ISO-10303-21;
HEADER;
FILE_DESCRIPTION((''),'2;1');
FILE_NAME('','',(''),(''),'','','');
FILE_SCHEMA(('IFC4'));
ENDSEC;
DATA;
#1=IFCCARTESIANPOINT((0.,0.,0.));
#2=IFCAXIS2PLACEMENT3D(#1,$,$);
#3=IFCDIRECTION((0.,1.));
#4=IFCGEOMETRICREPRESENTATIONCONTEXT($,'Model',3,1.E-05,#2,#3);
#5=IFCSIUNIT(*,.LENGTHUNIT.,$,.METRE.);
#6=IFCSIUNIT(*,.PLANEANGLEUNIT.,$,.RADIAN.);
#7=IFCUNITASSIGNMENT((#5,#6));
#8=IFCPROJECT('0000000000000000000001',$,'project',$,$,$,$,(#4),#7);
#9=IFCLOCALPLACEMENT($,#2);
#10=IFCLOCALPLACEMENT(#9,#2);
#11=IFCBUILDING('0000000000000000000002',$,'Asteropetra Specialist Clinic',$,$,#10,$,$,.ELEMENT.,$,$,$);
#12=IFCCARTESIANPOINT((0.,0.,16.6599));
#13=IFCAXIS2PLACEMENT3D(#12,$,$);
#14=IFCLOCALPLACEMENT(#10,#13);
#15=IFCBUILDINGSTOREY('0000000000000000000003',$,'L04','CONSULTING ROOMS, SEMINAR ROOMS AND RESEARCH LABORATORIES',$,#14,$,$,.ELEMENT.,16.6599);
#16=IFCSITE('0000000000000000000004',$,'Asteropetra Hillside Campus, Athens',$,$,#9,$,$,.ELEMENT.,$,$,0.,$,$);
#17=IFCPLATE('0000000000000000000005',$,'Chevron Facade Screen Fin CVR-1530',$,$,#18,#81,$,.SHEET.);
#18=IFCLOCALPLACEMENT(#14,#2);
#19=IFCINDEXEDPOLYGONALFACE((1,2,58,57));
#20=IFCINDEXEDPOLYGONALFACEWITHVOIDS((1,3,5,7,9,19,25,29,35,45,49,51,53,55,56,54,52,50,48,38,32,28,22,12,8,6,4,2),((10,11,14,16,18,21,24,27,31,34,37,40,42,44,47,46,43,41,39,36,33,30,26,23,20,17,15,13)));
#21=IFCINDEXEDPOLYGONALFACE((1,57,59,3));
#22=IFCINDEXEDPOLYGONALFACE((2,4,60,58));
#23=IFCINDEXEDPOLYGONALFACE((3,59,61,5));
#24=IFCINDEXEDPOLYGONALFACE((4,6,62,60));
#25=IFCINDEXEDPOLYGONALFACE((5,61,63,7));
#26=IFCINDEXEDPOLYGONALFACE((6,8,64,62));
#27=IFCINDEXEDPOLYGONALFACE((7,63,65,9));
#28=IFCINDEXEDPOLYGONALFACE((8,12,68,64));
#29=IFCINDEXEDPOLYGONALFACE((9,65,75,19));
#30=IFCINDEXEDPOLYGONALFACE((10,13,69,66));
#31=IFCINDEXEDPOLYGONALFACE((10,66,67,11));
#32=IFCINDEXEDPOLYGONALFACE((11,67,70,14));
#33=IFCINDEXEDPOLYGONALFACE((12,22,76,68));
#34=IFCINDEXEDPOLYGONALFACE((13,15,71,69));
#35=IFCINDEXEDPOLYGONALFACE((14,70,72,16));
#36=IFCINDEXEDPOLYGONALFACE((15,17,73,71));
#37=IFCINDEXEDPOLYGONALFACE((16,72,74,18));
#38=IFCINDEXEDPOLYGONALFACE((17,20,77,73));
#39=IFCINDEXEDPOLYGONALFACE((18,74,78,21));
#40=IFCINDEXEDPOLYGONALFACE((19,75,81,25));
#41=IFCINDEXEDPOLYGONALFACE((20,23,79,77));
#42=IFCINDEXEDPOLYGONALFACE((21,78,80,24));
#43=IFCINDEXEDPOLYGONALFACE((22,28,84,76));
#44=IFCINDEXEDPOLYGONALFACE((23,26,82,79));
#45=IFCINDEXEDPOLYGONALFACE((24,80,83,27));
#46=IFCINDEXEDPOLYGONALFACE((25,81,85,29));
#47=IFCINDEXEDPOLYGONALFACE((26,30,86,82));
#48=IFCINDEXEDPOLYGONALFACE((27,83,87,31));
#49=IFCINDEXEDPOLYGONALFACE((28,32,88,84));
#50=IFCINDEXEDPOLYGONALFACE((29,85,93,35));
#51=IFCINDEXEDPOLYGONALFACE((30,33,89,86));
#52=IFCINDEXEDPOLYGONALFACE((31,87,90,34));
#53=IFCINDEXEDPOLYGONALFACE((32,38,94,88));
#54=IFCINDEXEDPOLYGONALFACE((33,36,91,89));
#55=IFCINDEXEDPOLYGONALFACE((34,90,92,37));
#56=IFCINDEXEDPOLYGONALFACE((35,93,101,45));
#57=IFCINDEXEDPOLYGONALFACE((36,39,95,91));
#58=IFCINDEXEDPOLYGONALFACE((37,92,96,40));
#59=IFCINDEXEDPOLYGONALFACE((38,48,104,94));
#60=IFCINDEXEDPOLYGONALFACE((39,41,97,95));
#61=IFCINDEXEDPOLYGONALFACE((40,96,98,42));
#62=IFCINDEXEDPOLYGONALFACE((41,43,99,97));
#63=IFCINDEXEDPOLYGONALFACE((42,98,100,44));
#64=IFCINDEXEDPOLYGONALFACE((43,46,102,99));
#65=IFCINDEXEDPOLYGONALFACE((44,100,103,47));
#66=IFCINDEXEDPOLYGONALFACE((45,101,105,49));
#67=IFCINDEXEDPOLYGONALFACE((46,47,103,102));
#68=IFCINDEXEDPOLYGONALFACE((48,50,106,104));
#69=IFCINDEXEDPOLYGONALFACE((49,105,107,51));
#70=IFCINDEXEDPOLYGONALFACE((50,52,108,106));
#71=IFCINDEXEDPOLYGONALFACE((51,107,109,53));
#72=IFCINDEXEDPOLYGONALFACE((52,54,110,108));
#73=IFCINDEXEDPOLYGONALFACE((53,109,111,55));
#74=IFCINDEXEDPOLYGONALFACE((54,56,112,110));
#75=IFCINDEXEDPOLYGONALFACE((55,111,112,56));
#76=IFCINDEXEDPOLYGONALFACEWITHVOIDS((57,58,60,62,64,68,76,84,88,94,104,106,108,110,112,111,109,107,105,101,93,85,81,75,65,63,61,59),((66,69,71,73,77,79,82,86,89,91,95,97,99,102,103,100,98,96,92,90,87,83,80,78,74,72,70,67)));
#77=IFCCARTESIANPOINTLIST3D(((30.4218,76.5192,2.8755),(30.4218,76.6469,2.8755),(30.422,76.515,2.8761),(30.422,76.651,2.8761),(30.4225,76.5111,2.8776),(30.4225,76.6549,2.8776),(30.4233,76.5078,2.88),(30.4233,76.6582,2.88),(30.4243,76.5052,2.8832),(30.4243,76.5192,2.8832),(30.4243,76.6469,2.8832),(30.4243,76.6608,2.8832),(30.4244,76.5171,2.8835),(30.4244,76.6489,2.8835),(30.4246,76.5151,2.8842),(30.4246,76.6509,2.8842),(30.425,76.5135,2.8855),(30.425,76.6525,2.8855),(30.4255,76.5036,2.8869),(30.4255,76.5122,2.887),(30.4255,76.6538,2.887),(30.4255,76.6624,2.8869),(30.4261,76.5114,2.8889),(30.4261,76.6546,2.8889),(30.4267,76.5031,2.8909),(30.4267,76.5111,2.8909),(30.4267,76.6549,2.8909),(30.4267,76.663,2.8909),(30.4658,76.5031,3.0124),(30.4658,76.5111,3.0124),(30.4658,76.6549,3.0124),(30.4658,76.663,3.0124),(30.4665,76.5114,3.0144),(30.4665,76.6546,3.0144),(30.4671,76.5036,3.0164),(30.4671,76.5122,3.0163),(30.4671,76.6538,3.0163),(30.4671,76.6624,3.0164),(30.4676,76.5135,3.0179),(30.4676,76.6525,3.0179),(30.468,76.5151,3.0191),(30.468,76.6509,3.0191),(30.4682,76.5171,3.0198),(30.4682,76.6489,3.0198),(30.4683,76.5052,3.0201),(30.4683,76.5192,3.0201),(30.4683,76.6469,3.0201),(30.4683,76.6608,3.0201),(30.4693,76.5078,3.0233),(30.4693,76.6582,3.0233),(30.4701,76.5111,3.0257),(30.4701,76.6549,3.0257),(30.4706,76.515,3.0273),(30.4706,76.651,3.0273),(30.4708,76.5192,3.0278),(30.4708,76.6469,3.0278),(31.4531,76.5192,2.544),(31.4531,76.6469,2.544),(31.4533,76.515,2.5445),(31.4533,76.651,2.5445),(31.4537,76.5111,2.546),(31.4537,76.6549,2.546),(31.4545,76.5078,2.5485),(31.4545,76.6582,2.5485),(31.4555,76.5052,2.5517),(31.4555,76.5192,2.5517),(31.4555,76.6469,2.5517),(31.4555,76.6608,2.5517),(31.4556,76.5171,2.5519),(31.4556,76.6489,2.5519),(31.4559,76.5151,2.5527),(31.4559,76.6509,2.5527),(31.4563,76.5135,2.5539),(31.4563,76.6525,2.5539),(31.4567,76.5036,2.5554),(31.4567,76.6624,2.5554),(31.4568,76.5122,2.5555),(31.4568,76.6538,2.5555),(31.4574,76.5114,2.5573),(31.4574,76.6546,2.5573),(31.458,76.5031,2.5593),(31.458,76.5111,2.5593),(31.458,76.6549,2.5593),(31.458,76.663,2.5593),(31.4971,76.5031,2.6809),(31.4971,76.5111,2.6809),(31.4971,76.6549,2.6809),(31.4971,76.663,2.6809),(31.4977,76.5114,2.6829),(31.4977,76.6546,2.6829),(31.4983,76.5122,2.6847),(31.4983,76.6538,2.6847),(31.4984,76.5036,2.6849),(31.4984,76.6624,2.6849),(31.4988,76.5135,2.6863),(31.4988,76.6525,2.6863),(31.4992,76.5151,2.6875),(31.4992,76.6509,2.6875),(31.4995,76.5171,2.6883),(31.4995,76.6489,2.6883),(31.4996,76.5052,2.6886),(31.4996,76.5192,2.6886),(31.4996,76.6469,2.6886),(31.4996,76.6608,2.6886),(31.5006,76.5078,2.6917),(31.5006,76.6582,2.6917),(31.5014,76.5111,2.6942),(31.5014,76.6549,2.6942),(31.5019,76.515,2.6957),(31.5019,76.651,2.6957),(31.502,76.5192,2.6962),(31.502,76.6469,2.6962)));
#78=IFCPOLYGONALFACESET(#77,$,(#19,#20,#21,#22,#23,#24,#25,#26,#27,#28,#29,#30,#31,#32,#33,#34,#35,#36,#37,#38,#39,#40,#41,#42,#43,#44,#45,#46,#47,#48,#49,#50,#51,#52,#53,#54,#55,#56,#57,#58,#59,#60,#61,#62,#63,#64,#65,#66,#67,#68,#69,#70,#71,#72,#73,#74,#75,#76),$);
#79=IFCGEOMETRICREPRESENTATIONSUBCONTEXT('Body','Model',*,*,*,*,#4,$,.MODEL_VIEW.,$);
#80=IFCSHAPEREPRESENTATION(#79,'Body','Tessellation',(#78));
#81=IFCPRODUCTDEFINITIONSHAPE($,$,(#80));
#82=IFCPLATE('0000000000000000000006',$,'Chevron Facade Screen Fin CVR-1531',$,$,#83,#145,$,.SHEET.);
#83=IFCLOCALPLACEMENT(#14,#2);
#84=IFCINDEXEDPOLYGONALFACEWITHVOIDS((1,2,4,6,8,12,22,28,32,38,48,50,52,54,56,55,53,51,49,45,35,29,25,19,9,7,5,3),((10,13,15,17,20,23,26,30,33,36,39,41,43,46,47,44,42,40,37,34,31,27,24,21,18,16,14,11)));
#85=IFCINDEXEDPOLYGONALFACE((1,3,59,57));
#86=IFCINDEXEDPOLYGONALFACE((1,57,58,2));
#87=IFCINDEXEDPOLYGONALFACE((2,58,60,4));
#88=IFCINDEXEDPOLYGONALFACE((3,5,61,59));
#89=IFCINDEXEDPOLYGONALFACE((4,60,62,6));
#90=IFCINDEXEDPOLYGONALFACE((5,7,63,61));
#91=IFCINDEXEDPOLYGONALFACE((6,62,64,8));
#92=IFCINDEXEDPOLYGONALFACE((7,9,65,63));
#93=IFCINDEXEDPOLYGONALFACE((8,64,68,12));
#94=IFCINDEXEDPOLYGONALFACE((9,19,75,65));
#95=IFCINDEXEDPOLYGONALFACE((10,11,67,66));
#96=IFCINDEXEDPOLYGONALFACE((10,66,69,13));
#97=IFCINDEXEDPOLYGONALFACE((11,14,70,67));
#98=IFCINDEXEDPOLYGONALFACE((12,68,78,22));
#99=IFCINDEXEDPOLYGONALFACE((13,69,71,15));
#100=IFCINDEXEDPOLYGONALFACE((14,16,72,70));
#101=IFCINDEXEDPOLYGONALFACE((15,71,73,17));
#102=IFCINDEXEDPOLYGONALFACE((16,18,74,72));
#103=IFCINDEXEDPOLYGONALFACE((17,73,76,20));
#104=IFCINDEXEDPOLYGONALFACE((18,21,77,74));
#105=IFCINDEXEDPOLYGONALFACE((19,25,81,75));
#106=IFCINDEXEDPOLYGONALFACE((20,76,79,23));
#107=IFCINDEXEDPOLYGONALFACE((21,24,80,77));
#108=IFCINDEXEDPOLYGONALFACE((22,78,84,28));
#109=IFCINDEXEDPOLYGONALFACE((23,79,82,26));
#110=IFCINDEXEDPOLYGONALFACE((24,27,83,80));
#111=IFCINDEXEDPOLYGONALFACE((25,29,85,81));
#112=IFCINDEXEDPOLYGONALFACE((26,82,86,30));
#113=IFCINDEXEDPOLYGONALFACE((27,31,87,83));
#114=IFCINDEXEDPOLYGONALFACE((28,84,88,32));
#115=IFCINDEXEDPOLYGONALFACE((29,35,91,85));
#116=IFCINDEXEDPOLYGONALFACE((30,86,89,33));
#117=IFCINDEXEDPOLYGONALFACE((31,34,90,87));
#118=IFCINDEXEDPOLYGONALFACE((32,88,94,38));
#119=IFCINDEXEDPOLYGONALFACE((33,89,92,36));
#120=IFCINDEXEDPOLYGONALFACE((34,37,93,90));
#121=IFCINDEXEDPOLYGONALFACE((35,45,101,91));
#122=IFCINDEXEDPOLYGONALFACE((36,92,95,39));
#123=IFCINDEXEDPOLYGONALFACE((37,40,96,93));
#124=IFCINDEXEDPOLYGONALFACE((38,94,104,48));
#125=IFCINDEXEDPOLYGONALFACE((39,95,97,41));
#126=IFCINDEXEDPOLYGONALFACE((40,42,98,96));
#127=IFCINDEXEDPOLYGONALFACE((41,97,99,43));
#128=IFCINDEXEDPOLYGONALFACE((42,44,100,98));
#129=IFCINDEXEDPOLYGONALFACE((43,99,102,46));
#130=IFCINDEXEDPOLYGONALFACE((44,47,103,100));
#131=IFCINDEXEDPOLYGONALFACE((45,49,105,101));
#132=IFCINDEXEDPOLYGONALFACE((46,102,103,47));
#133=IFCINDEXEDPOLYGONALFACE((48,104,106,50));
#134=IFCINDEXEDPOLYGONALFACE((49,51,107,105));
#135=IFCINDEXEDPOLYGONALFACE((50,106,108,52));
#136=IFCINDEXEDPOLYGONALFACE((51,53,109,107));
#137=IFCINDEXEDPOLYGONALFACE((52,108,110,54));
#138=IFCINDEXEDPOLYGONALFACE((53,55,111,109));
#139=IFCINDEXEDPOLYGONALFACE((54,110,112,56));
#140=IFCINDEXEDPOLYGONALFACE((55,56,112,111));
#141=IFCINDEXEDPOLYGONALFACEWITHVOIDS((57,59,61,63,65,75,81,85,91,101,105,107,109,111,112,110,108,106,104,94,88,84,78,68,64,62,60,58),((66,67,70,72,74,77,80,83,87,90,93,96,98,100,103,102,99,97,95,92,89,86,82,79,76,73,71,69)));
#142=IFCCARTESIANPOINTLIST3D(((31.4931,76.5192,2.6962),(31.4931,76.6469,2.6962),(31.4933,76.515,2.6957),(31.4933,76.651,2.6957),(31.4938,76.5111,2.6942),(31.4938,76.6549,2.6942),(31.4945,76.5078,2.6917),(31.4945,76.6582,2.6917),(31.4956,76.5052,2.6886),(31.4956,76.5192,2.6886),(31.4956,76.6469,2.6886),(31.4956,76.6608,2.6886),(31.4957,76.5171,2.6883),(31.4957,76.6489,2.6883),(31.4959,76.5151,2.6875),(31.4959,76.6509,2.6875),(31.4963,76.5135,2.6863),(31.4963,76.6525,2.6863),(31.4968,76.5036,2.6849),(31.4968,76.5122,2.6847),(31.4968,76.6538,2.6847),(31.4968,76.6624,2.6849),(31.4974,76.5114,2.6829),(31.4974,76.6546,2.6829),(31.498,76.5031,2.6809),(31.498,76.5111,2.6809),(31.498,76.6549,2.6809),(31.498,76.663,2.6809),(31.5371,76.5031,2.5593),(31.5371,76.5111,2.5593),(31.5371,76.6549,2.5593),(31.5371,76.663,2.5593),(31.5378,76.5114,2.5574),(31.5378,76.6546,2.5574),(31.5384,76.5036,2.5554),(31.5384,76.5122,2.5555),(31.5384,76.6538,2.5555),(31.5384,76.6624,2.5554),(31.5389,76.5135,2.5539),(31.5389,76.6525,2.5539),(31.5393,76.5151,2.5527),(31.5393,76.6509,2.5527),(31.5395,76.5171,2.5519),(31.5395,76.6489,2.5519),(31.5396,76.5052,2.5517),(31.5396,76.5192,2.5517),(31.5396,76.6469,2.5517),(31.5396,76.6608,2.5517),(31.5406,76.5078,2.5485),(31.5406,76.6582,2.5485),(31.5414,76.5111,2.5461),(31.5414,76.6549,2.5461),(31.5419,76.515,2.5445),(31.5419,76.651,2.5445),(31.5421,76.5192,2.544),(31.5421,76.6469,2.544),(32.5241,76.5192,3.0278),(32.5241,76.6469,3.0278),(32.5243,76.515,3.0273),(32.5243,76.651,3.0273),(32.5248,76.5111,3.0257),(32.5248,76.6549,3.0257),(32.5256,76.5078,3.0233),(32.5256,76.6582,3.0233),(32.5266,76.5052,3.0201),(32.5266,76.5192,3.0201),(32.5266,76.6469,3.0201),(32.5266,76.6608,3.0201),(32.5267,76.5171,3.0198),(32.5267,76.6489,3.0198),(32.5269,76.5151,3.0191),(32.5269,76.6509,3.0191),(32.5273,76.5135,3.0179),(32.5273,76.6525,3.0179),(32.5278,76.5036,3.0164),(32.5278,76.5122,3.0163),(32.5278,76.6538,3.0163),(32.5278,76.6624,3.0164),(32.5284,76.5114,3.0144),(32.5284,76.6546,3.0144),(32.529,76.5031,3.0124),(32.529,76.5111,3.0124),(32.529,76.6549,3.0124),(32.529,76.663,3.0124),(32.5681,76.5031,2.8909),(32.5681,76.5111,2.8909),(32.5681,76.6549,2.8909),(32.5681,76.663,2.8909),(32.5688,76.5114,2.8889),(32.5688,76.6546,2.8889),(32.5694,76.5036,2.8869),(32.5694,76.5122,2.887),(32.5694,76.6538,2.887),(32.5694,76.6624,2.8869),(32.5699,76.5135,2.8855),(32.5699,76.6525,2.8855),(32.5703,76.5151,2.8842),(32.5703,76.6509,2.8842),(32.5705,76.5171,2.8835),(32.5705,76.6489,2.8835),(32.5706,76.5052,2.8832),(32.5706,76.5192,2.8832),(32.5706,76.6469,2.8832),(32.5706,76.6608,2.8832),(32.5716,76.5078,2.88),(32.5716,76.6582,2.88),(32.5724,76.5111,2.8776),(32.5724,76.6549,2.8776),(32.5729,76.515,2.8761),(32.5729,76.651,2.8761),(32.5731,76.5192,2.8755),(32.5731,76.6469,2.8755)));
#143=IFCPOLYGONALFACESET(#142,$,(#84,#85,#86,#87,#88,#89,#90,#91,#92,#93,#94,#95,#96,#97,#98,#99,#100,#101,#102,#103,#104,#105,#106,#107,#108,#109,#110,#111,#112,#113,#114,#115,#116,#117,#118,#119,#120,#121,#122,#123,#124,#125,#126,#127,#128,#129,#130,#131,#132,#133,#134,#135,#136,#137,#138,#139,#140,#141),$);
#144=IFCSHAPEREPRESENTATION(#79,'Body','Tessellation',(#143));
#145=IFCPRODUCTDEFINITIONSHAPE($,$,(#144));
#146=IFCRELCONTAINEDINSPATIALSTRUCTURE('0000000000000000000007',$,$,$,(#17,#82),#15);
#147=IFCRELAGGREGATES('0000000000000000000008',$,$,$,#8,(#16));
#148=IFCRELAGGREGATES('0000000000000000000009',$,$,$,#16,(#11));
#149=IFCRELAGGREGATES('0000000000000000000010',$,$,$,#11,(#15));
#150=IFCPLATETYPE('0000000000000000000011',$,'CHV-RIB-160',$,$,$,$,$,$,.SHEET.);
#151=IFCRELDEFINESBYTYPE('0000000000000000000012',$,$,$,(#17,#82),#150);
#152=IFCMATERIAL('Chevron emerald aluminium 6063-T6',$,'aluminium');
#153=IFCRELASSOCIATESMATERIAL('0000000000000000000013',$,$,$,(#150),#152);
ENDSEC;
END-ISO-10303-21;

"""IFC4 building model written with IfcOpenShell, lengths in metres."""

from ifc_helpers import new_model, si_unit, direction, frame, origin, origin_2d, place, context, subcontext, project, spatial, hollow_rectangle, extrude, material, material_profile, profile_set, type_object, element, save


model = new_model("IFC4")

# Units and contexts
model_context = context("Model", 3, precision=1e-05, world=origin(), true_north=direction((0.0, 1.0)))
body_context = subcontext(model_context, "Body", "Model", "MODEL_VIEW")
ifc_project = project(units=[si_unit("LENGTHUNIT", "METRE"), si_unit("PLANEANGLEUNIT", "RADIAN")], contexts=[model_context])

# Site, building, storey
site_placement = place(None, origin())
site = spatial("IfcSite", under=ifc_project, at=site_placement, Name="Asteropetra Hillside Campus, Athens", CompositionType="ELEMENT", RefElevation=0.0)
building_placement = place(site_placement, origin())
building = spatial("IfcBuilding", under=site, at=building_placement, Name="Asteropetra Specialist Clinic", CompositionType="ELEMENT")
storey_placement = place(building_placement, frame((0.0, 0.0, 16.6599)))
storey = spatial("IfcBuildingStorey", under=building, at=storey_placement, Name="L04", Description="CONSULTING ROOMS, SEMINAR ROOMS AND RESEARCH LABORATORIES", CompositionType="ELEMENT", Elevation=16.6599)

# Plates
ifc_material_1 = material(Name="Chevron emerald aluminium 6063-T6", Category="aluminium")
ifc_material_profile_1 = material_profile(ifc_material_1, hollow_rectangle(XDim=0.1599, YDim=0.1599, WallThickness=0.0081, InnerFilletRadius=0.0081, OuterFilletRadius=0.0161, at=origin_2d()), Name="SHS 160x160x8.0")
ifc_profile_set_1 = profile_set([ifc_material_profile_1], Name="Chevron emerald aluminium 6063-T6")
plate_type_1 = type_object("IfcPlateType", Name="CHV-RIB-160", PredefinedType="SHEET", material=ifc_profile_set_1)
for number, where, z_axis, x_axis, name in (
    (1, (30.4463, 76.583, 2.9517), (0.95201, 0.0, -0.306068), (0.0, 1.0, 0.0), "Chevron Facade Screen Fin CVR-1530"),
):
    element("IfcPlate", number, at=place(storey_placement, frame(where, z_axis=z_axis, x_axis=x_axis)), inside=storey, type_object=plate_type_1, Name=name, PredefinedType="SHEET", context=body_context, shape_type="SweptSolid", body=[
        extrude(hollow_rectangle(XDim=0.1599, YDim=0.1599, WallThickness=0.0081, InnerFilletRadius=0.0081, OuterFilletRadius=0.0161, at=origin_2d()), origin(), (0.0, 0.0, 1.0), 1.0833),
    ])
plate_1_placement = place(storey_placement, frame((31.5176, 76.583, 2.6201), z_axis=(0.951989, 0.0, 0.306133), x_axis=(0.0, 1.0, 0.0)))
element("IfcPlate", 2, at=plate_1_placement, inside=storey, type_object=plate_type_1, Name="Chevron Facade Screen Fin CVR-1531", PredefinedType="SHEET", context=body_context, shape_type="SweptSolid", body=[
    extrude(hollow_rectangle(XDim=0.1599, YDim=0.1599, WallThickness=0.0081, InnerFilletRadius=0.0081, OuterFilletRadius=0.0161, at=origin_2d()), origin(), (0.0, 0.0, 1.0), 1.083),
])

save(model, "model.ifc")
